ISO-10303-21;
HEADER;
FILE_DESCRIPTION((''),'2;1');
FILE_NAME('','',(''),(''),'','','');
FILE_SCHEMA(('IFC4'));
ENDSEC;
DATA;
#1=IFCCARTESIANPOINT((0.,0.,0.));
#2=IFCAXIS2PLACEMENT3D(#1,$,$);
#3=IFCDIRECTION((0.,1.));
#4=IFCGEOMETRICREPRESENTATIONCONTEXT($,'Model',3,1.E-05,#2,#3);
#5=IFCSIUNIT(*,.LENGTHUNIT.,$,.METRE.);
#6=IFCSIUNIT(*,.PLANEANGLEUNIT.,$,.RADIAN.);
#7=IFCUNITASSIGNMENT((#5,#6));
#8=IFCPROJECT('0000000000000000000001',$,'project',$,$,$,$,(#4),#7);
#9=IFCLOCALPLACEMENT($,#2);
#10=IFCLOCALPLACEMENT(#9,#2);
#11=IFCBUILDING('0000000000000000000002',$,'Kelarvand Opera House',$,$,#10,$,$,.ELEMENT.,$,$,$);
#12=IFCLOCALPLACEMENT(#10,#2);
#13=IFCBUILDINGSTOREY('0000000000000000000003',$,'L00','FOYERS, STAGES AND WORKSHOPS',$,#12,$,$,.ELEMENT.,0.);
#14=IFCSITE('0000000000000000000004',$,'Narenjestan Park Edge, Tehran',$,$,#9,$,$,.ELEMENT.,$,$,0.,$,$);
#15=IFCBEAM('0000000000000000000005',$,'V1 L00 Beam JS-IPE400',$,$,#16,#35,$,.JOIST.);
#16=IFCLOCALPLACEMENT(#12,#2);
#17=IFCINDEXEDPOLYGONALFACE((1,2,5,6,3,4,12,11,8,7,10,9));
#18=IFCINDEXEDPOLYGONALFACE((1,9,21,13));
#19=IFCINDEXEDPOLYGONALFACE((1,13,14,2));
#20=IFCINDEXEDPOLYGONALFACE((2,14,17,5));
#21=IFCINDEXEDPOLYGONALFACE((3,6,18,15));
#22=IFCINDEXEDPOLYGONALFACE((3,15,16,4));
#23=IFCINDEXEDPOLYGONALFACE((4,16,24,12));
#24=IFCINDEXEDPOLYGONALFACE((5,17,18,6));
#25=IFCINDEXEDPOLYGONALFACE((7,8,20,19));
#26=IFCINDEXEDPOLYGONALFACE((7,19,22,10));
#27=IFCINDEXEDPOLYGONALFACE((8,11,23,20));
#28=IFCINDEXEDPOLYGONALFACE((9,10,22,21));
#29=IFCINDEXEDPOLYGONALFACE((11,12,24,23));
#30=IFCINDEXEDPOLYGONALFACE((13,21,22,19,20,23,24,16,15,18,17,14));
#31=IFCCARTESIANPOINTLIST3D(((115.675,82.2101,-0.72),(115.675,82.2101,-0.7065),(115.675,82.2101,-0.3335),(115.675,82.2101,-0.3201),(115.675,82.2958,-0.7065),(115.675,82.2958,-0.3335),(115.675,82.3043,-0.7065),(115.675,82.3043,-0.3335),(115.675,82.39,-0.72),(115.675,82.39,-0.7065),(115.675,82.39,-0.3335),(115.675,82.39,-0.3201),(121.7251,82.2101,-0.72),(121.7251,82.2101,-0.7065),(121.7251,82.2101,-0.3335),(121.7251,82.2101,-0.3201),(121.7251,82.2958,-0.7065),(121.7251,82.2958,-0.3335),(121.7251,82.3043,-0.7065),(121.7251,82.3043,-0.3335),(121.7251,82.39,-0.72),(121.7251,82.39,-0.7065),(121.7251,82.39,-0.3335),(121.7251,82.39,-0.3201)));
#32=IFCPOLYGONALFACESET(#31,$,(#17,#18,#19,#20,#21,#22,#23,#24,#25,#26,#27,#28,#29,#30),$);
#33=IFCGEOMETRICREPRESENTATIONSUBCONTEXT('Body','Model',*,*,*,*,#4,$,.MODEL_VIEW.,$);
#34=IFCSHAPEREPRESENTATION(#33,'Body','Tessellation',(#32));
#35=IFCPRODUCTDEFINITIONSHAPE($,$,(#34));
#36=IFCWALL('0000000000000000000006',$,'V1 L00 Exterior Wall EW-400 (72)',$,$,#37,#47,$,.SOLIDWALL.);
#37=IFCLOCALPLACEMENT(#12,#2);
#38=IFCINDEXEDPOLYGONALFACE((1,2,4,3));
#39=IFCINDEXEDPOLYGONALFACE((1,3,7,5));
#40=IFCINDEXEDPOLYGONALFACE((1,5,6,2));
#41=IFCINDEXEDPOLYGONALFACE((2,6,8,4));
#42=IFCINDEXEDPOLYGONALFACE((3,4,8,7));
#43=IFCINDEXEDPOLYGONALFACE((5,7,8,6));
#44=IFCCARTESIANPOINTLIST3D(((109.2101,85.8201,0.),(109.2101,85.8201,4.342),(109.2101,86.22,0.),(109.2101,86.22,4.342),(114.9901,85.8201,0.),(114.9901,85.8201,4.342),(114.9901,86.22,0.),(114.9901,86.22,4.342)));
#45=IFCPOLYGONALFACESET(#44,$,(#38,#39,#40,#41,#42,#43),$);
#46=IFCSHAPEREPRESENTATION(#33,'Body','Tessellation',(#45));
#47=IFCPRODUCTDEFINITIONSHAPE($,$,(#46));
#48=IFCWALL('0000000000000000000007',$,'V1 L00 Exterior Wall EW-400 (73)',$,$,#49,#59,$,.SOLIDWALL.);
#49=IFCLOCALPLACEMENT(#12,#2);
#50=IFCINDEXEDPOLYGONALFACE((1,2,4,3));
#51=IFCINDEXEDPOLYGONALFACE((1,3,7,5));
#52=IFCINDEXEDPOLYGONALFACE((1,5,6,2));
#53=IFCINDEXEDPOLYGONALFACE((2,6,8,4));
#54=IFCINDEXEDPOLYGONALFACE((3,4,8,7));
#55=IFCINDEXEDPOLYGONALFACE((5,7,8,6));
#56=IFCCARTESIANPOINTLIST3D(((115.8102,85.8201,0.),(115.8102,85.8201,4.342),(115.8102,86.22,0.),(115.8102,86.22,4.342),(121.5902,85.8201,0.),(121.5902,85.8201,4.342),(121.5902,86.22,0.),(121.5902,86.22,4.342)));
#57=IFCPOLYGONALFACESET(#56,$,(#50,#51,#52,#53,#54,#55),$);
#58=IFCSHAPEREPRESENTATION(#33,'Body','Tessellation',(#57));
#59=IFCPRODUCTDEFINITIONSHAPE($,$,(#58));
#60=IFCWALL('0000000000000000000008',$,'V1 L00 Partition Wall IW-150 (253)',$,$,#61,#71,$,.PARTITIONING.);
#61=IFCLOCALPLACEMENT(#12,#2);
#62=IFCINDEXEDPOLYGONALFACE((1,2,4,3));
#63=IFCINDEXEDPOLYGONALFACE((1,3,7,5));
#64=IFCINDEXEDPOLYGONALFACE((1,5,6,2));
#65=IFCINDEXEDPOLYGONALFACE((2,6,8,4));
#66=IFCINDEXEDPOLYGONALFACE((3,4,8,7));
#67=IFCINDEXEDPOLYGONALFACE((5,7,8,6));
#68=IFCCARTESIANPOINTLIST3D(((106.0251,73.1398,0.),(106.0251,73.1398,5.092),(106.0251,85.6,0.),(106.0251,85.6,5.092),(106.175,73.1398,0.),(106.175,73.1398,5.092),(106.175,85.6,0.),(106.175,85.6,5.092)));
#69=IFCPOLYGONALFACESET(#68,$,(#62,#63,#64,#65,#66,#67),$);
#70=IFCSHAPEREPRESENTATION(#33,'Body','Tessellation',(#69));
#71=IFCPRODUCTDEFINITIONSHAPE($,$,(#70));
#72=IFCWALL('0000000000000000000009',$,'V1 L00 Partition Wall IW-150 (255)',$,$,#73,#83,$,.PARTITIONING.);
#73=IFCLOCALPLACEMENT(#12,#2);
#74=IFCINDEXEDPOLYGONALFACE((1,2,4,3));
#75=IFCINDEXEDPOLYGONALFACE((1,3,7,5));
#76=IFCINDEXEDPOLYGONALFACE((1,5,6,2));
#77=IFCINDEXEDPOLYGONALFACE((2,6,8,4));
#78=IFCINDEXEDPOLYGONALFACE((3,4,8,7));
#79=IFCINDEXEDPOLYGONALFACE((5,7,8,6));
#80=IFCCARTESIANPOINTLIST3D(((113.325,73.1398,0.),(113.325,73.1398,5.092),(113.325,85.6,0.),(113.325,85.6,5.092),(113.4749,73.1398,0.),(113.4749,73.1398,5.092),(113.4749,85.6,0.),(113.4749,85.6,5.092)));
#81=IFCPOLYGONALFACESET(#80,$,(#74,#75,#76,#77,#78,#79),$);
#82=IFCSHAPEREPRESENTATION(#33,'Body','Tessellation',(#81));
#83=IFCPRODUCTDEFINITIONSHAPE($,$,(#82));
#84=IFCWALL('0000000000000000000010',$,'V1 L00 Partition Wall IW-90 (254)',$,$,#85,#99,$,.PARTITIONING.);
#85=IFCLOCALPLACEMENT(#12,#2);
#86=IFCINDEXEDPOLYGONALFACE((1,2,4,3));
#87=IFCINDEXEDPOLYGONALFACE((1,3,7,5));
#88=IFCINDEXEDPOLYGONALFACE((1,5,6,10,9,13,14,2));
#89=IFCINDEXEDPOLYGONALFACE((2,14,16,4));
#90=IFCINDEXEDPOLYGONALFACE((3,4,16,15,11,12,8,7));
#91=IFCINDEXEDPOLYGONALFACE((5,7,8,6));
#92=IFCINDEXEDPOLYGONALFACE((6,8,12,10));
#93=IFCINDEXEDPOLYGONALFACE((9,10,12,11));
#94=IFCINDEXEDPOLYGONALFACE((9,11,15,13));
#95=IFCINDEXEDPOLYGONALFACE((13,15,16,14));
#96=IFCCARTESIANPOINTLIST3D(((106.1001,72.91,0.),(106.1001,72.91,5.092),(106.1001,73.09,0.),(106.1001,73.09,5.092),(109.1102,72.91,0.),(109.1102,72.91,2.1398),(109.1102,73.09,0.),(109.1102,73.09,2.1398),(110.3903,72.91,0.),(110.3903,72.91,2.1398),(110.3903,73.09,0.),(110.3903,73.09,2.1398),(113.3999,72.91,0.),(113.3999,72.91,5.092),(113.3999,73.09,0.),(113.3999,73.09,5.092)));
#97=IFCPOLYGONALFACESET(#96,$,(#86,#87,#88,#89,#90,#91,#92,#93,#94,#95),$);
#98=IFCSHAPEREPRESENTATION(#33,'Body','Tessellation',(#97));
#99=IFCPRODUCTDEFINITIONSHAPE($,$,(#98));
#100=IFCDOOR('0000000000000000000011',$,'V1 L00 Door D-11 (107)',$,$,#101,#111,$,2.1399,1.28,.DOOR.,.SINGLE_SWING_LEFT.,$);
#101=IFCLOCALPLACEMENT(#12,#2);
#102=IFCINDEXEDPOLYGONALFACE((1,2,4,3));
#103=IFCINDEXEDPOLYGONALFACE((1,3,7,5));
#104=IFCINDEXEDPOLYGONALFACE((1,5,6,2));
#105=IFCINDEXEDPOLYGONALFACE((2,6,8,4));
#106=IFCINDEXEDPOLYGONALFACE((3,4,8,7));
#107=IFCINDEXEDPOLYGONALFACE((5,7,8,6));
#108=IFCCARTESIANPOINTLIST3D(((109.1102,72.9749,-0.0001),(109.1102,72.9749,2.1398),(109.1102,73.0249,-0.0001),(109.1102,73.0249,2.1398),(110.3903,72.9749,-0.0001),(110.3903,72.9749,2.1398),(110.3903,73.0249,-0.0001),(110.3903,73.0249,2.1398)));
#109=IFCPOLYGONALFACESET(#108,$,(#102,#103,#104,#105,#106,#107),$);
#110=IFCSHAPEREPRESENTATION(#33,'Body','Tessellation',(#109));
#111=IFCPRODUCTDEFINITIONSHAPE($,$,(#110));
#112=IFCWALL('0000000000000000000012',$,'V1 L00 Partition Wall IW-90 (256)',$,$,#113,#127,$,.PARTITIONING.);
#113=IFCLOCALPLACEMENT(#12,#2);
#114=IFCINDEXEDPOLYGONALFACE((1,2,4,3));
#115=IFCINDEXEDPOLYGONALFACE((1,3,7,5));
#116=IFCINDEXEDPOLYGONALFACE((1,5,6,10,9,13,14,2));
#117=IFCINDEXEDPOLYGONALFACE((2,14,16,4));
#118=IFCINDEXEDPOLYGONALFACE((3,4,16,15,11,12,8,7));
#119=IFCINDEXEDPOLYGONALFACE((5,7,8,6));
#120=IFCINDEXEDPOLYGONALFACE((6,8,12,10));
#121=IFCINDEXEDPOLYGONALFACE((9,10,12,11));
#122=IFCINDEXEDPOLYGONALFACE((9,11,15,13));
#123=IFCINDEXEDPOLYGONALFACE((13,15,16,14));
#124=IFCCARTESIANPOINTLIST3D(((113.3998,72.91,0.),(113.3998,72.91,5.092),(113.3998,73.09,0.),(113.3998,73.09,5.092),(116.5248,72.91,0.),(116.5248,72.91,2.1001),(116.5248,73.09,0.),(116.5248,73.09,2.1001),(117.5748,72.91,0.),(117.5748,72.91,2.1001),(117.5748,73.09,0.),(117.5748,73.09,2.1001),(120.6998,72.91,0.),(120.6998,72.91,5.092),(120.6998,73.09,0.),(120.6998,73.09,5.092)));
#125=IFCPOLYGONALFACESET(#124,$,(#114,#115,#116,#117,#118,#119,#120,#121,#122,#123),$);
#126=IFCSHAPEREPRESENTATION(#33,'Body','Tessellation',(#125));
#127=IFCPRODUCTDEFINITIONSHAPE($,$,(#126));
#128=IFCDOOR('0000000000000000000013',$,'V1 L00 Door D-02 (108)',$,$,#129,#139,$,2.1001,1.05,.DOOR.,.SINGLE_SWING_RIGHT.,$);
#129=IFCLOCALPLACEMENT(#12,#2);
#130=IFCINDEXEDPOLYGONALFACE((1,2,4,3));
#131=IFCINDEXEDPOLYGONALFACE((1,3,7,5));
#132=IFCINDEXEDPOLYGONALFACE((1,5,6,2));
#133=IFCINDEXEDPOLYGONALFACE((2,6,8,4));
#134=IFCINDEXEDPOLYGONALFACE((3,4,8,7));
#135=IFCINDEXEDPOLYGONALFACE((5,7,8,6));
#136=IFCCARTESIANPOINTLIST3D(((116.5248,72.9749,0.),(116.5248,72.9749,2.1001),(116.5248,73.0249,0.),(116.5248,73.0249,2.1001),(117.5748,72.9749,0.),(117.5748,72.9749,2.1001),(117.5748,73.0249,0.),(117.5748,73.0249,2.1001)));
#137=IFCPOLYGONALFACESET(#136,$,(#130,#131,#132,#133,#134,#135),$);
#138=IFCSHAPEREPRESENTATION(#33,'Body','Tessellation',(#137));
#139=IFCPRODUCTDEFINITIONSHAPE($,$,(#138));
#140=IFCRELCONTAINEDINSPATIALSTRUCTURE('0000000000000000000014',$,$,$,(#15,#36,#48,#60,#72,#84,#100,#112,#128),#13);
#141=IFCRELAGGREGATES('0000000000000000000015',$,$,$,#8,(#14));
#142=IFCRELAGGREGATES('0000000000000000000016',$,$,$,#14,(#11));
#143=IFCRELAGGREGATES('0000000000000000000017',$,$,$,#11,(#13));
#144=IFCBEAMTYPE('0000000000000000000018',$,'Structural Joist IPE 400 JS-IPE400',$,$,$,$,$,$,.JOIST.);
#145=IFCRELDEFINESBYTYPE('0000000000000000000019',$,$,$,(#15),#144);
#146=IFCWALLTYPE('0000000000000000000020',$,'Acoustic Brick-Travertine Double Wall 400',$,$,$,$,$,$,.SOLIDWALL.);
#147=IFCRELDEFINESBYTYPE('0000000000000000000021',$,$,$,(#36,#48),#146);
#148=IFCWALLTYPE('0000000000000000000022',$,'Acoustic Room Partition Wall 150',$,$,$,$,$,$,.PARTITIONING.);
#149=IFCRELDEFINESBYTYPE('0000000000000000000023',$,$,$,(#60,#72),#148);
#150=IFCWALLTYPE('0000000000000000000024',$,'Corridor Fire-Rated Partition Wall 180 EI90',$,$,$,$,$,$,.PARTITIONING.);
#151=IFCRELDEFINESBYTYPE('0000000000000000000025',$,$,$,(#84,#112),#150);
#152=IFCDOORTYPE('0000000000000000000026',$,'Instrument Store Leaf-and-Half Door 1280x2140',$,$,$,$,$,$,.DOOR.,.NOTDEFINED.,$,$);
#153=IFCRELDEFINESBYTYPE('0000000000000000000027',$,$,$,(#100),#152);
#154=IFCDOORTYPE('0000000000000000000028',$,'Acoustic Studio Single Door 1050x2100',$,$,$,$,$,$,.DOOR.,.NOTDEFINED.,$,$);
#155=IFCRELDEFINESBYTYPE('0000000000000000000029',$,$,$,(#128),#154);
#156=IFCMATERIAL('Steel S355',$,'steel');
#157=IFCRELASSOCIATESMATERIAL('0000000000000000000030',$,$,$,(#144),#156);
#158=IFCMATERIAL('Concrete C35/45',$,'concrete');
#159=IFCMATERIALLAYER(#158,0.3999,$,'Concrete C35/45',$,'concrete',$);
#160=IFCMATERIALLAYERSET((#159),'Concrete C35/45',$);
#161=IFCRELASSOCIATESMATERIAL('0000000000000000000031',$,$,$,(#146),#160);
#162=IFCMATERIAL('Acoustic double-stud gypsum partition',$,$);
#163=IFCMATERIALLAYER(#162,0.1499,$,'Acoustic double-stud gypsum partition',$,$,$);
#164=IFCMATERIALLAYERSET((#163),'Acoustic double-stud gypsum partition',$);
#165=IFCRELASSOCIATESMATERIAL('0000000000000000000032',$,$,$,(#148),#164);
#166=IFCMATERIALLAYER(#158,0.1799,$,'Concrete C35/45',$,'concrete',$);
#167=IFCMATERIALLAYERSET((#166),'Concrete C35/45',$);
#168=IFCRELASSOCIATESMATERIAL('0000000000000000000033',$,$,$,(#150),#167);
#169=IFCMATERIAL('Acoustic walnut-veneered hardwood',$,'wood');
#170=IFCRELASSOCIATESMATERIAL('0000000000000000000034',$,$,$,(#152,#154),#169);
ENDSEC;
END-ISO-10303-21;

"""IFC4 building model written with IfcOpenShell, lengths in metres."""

from ifc_helpers import new_model, si_unit, direction, frame, frame_2d, origin, origin_2d, place, context, subcontext, project, spatial, rectangle, i_section, extrude, material, layer, layer_set, material_profile, profile_set, type_object, element, fill, save


model = new_model("IFC4")

# Units and contexts
model_context = context("Model", 3, precision=1e-05, world=origin(), true_north=direction((0.0, 1.0)))
body_context = subcontext(model_context, "Body", "Model", "MODEL_VIEW")
ifc_project = project(units=[si_unit("LENGTHUNIT", "METRE"), si_unit("PLANEANGLEUNIT", "RADIAN")], contexts=[model_context])

# Site, building, storey
site_placement = place(None, origin())
site = spatial("IfcSite", under=ifc_project, at=site_placement, Name="Narenjestan Park Edge, Tehran", CompositionType="ELEMENT", RefElevation=0.0)
building_placement = place(site_placement, origin())
building = spatial("IfcBuilding", under=site, at=building_placement, Name="Kelarvand Opera House", CompositionType="ELEMENT")
storey_placement = place(building_placement, origin())
storey = spatial("IfcBuildingStorey", under=building, at=storey_placement, Name="L00", Description="FOYERS, STAGES AND WORKSHOPS", CompositionType="ELEMENT", Elevation=0.0)

# Beam
ifc_material_1 = material(Name="Concrete C35/45", Category="concrete")
ifc_material_2 = material(Name="Steel S355", Category="steel")
ifc_material_profile_1 = material_profile(ifc_material_2, i_section(OverallWidth=0.1799, OverallDepth=0.3999, WebThickness=0.0085, FlangeThickness=0.0134, at=origin_2d()), Name="IPE 400", Category="steel")
ifc_profile_set_1 = profile_set([ifc_material_profile_1], Name="Steel S355")
beam_type_1 = type_object("IfcBeamType", Name="Structural Joist IPE 400 JS-IPE400", PredefinedType="JOIST", material=ifc_profile_set_1)
beam_1_placement = place(storey_placement, frame((115.675, 82.3, -0.52), z_axis=(1.0, 0.0, 0.0), x_axis=(0.0, 1.0, 0.0)))
element("IfcBeam", 1, at=beam_1_placement, inside=storey, type_object=beam_type_1, Name="V1 L00 Beam JS-IPE400", PredefinedType="JOIST", context=body_context, shape_type="SweptSolid", body=[
    extrude(i_section(OverallWidth=0.1799, OverallDepth=0.3999, WebThickness=0.0085, FlangeThickness=0.0134, at=origin_2d()), origin(), (0.0, 0.0, 1.0), 6.05),
])

# Walls
ifc_layer_1 = layer(ifc_material_1, 0.3999, Name="Concrete C35/45", Category="concrete")
ifc_layer_set_1 = layer_set([ifc_layer_1], Name="Concrete C35/45")
wall_type_1 = type_object("IfcWallType", Name="Acoustic Brick-Travertine Double Wall 400", PredefinedType="SOLIDWALL", material=ifc_layer_set_1)
for number, where, z_axis, x_axis, name in (
    (2, (109.21, 86.02, 0.0), (0.0, 0.0, 1.0), (1.0, 0.0, 0.0), "V1 L00 Exterior Wall EW-400 (72)"),
    (3, (115.8101, 86.02, 0.0), (0.0, 0.0, 1.0), (1.0, 0.0, 0.0), "V1 L00 Exterior Wall EW-400 (73)"),
):
    element("IfcWall", number, at=place(storey_placement, frame(where, z_axis=z_axis, x_axis=x_axis)), inside=storey, type_object=wall_type_1, Name=name, PredefinedType="SOLIDWALL", context=body_context, shape_type="SweptSolid", body=[
        extrude(rectangle(XDim=5.78, YDim=0.3999, at=frame_2d((2.8901, 0.0))), origin(), (0.0, 0.0, 1.0), 4.342),
    ])
ifc_material_3 = material(Name="Acoustic double-stud gypsum partition")
ifc_layer_2 = layer(ifc_material_3, 0.1499, Name="Acoustic double-stud gypsum partition")
ifc_layer_set_2 = layer_set([ifc_layer_2], Name="Acoustic double-stud gypsum partition")
wall_type_2 = type_object("IfcWallType", Name="Acoustic Room Partition Wall 150", PredefinedType="PARTITIONING", material=ifc_layer_set_2)
for number, where, z_axis, x_axis, name in (
    (4, (106.1001, 73.1399, 0.0), (0.0, 0.0, 1.0), (0.0, 1.0, 0.0), "V1 L00 Partition Wall IW-150 (253)"),
    (5, (113.3999, 73.1399, 0.0), (0.0, 0.0, 1.0), (0.0, 1.0, 0.0), "V1 L00 Partition Wall IW-150 (255)"),
):
    element("IfcWall", number, at=place(storey_placement, frame(where, z_axis=z_axis, x_axis=x_axis)), inside=storey, type_object=wall_type_2, Name=name, PredefinedType="PARTITIONING", context=body_context, shape_type="SweptSolid", body=[
        extrude(rectangle(XDim=12.4602, YDim=0.1499, at=frame_2d((6.23, 0.0))), origin(), (0.0, 0.0, 1.0), 5.092),
    ])

# Walls, openings, doors
ifc_layer_3 = layer(ifc_material_1, 0.1799, Name="Concrete C35/45", Category="concrete")
ifc_layer_set_3 = layer_set([ifc_layer_3], Name="Concrete C35/45")
wall_type_3 = type_object("IfcWallType", Name="Corridor Fire-Rated Partition Wall 180 EI90", PredefinedType="PARTITIONING", material=ifc_layer_set_3)
wall_1_placement = place(storey_placement, frame((106.1001, 73.0, 0.0), z_axis=(0.0, 0.0, 1.0), x_axis=(1.0, 0.0, 0.0)))
wall_1 = element("IfcWall", 6, at=wall_1_placement, inside=storey, type_object=wall_type_3, Name="V1 L00 Partition Wall IW-90 (254)", PredefinedType="PARTITIONING", context=body_context, shape_type="SweptSolid", body=[
    extrude(rectangle(XDim=7.2998, YDim=0.1799, at=frame_2d((3.6499, 0.0))), origin(), (0.0, 0.0, 1.0), 5.092),
])
opening_1_placement = place(wall_1_placement, frame((3.01, 0.0, 0.0)))
opening_1 = element("IfcOpeningElement", 7, at=opening_1_placement, cuts=wall_1, PredefinedType="OPENING", context=body_context, shape_type="SweptSolid", body=[
    extrude(rectangle(XDim=1.28, YDim=2.1399, at=frame_2d((0.6401, 1.0698))), frame((0.0, 0.1001, 0.0), z_axis=(0.0, -1.0, 0.0), x_axis=(1.0, 0.0, 0.0)), (0.0, 0.0, 1.0), 0.2),
])
ifc_material_4 = material(Name="Acoustic walnut-veneered hardwood", Category="wood")
door_type_1 = type_object("IfcDoorType", Name="Instrument Store Leaf-and-Half Door 1280x2140", OperationType="NOTDEFINED", PredefinedType="DOOR", material=ifc_material_4)
door_1_placement = place(opening_1_placement, origin())
door_1 = element("IfcDoor", 8, at=door_1_placement, inside=storey, type_object=door_type_1, Name="V1 L00 Door D-11 (107)", OperationType="SINGLE_SWING_LEFT", OverallHeight=2.1399, OverallWidth=1.28, PredefinedType="DOOR", context=body_context, shape_type="SweptSolid", body=[
    extrude(rectangle(XDim=1.28, YDim=2.1399, at=frame_2d((0.6401, 1.0698))), frame((0.0, 0.0249, 0.0), z_axis=(0.0, -1.0, 0.0), x_axis=(1.0, 0.0, 0.0)), (0.0, 0.0, 1.0), 0.05),
])
fill(opening_1, door_1)
wall_2_placement = place(storey_placement, frame((113.3999, 73.0, 0.0), z_axis=(0.0, 0.0, 1.0), x_axis=(1.0, 0.0, 0.0)))
wall_2 = element("IfcWall", 9, at=wall_2_placement, inside=storey, type_object=wall_type_3, Name="V1 L00 Partition Wall IW-90 (256)", PredefinedType="PARTITIONING", context=body_context, shape_type="SweptSolid", body=[
    extrude(rectangle(XDim=7.3, YDim=0.1799, at=frame_2d((3.6499, 0.0))), origin(), (0.0, 0.0, 1.0), 5.092),
])
opening_2_placement = place(wall_2_placement, frame((3.125, 0.0, 0.0)))
opening_2 = element("IfcOpeningElement", 10, at=opening_2_placement, cuts=wall_2, PredefinedType="OPENING", context=body_context, shape_type="SweptSolid", body=[
    extrude(rectangle(XDim=1.05, YDim=2.1001, at=frame_2d((0.5249, 1.05))), frame((0.0, 0.1001, 0.0), z_axis=(0.0, -1.0, 0.0), x_axis=(1.0, 0.0, 0.0)), (0.0, 0.0, 1.0), 0.2),
])
door_type_2 = type_object("IfcDoorType", Name="Acoustic Studio Single Door 1050x2100", OperationType="NOTDEFINED", PredefinedType="DOOR", material=ifc_material_4)
door_2_placement = place(opening_2_placement, origin())
door_2 = element("IfcDoor", 11, at=door_2_placement, inside=storey, type_object=door_type_2, Name="V1 L00 Door D-02 (108)", OperationType="SINGLE_SWING_RIGHT", OverallHeight=2.1001, OverallWidth=1.05, PredefinedType="DOOR", context=body_context, shape_type="SweptSolid", body=[
    extrude(rectangle(XDim=1.05, YDim=2.1001, at=frame_2d((0.5249, 1.05))), frame((0.0, 0.0249, 0.0), z_axis=(0.0, -1.0, 0.0), x_axis=(1.0, 0.0, 0.0)), (0.0, 0.0, 1.0), 0.05),
])
fill(opening_2, door_2)

save(model, "model.ifc")
